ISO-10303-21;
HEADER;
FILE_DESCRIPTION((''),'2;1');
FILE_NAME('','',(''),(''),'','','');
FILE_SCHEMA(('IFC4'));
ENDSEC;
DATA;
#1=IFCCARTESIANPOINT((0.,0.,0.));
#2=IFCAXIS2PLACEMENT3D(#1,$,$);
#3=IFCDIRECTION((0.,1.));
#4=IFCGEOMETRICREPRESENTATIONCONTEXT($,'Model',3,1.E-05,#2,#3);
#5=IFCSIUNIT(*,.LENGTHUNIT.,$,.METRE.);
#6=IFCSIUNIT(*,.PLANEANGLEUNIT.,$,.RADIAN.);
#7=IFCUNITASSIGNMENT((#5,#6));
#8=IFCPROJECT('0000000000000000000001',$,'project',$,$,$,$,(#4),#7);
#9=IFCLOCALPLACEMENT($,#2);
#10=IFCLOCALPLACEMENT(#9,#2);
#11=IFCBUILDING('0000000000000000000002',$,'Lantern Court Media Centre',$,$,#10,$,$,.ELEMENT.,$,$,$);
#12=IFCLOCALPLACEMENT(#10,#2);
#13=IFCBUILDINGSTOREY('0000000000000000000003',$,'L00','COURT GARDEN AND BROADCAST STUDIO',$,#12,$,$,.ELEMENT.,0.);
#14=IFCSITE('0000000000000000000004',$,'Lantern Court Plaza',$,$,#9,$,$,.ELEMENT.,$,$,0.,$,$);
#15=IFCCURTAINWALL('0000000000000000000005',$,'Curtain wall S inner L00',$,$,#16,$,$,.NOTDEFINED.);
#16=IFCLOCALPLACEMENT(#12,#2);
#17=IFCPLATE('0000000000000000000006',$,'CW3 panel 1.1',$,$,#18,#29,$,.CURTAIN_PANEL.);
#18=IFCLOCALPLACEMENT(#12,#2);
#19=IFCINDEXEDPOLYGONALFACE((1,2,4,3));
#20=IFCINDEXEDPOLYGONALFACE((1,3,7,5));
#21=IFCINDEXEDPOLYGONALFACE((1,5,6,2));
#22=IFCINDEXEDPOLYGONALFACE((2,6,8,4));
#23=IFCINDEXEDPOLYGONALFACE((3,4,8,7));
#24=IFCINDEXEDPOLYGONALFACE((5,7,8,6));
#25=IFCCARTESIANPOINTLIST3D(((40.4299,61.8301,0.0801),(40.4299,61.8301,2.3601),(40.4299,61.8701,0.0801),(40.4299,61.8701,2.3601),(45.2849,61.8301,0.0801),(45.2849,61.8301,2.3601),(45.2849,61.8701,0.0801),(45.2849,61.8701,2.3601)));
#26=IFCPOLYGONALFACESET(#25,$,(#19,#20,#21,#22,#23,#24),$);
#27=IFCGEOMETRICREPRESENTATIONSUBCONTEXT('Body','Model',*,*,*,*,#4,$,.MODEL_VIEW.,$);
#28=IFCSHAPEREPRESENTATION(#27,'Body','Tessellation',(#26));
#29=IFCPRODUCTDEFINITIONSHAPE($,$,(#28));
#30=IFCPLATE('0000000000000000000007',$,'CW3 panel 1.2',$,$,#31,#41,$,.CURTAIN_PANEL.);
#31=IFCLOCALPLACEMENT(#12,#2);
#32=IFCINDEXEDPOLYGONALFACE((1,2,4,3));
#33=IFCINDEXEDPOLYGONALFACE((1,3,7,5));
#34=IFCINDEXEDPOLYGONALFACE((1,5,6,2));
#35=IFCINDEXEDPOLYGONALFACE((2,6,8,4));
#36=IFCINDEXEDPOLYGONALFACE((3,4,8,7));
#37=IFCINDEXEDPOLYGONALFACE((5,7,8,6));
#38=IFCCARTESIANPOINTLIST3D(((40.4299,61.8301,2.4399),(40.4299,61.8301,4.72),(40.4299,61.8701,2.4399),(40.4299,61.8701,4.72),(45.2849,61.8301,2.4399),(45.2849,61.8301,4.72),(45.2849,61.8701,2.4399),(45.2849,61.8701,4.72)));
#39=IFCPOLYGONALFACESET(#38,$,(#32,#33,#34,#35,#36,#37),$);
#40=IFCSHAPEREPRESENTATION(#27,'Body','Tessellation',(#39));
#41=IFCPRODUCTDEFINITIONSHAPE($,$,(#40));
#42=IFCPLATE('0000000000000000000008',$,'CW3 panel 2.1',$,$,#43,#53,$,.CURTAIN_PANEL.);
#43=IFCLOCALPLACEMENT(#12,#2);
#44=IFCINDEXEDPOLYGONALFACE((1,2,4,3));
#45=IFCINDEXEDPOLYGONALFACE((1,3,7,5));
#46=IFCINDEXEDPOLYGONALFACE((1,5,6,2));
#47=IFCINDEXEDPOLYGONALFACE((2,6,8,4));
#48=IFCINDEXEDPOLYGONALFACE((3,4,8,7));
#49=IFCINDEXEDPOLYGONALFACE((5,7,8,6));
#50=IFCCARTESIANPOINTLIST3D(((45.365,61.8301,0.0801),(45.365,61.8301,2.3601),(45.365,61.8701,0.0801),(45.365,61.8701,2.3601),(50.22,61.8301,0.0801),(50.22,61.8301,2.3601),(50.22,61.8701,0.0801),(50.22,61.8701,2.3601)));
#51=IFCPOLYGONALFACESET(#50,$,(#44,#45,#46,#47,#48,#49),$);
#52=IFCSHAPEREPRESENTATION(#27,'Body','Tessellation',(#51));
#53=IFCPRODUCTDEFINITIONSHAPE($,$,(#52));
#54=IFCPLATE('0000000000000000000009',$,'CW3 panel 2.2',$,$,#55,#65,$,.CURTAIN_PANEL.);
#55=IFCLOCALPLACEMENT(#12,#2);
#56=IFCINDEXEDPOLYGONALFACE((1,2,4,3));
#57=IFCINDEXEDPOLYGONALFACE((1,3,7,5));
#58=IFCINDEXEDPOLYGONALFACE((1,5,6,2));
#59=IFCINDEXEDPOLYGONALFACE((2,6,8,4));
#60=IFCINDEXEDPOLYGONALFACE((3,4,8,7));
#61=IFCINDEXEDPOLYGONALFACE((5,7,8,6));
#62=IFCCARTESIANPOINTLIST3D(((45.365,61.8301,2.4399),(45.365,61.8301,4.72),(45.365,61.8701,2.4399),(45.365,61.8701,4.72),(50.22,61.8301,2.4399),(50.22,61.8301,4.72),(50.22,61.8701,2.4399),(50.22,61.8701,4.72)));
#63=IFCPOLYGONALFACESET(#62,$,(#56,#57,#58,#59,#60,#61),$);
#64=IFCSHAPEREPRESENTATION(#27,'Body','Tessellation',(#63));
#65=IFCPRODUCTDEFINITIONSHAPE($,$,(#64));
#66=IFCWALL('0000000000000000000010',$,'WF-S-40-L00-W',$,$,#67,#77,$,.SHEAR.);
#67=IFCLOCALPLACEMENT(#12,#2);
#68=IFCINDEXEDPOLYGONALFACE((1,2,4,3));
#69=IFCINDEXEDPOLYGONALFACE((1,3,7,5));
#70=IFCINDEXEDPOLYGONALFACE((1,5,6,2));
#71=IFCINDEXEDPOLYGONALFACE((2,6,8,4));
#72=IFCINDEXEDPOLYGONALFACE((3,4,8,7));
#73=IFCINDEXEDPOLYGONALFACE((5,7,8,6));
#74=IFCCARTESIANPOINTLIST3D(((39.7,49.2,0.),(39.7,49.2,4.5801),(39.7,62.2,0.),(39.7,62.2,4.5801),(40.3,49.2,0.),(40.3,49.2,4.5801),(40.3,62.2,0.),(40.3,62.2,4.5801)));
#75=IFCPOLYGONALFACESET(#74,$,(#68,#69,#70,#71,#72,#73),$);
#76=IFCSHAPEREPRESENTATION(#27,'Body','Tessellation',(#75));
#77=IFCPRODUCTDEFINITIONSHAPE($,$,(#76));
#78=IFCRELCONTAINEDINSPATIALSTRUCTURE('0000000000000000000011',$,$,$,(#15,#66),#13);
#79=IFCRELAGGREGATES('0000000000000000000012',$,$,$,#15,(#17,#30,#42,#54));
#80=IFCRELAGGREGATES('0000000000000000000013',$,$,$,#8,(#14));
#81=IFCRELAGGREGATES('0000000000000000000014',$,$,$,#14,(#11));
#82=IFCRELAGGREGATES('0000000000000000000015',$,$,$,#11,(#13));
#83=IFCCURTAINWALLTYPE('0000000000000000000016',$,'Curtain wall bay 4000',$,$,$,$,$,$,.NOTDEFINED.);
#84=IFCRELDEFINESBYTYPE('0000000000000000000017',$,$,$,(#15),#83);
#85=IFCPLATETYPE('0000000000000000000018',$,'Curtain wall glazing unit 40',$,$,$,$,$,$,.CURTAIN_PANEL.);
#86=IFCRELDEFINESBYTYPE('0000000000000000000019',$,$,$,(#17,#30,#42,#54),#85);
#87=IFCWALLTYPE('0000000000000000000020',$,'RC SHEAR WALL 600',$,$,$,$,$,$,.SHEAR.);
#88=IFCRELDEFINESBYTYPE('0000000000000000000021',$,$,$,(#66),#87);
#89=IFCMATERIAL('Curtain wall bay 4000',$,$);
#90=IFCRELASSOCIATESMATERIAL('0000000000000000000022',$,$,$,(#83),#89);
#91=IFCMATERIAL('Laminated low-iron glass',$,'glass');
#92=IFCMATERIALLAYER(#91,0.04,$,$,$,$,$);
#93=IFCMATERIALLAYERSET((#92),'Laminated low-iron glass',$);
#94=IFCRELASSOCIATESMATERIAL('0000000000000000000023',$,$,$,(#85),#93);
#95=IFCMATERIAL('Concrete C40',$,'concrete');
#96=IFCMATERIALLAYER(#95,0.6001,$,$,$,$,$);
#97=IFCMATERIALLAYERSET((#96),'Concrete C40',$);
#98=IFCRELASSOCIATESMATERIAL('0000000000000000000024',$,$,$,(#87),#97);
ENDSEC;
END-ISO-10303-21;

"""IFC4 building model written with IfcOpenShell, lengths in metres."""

from ifc_helpers import new_model, si_unit, direction, frame, frame_2d, origin, origin_2d, place, context, subcontext, project, spatial, rectangle, extrude, material, layer, layer_set, type_object, element, aggregate, save


model = new_model("IFC4")

# Units and contexts
model_context = context("Model", 3, precision=1e-05, world=origin(), true_north=direction((0.0, 1.0)))
body_context = subcontext(model_context, "Body", "Model", "MODEL_VIEW")
ifc_project = project(units=[si_unit("LENGTHUNIT", "METRE"), si_unit("PLANEANGLEUNIT", "RADIAN")], contexts=[model_context])

# Site, building, storey
site_placement = place(None, origin())
site = spatial("IfcSite", under=ifc_project, at=site_placement, Name="Lantern Court Plaza", CompositionType="ELEMENT", RefElevation=0.0)
building_placement = place(site_placement, origin())
building = spatial("IfcBuilding", under=site, at=building_placement, Name="Lantern Court Media Centre", CompositionType="ELEMENT")
storey_placement = place(building_placement, origin())
storey = spatial("IfcBuildingStorey", under=building, at=storey_placement, Name="L00", Description="COURT GARDEN AND BROADCAST STUDIO", CompositionType="ELEMENT", Elevation=0.0)

# Curtain wall
ifc_material_1 = material(Name="Curtain wall bay 4000")
curtain_wall_type_1 = type_object("IfcCurtainWallType", Name="Curtain wall bay 4000", PredefinedType="NOTDEFINED", material=ifc_material_1)
curtain_wall_1_placement = place(storey_placement, origin())
curtain_wall_1 = element("IfcCurtainWall", 1, at=curtain_wall_1_placement, inside=storey, type_object=curtain_wall_type_1, Name="Curtain wall S inner L00", PredefinedType="NOTDEFINED")

# Plates
ifc_material_2 = material(Name="Laminated low-iron glass", Category="glass")
ifc_layer_1 = layer(ifc_material_2, 0.04)
ifc_layer_set_1 = layer_set([ifc_layer_1], Name="Laminated low-iron glass")
plate_type_1 = type_object("IfcPlateType", Name="Curtain wall glazing unit 40", PredefinedType="CURTAIN_PANEL", material=ifc_layer_set_1)
plate_1_placement = place(storey_placement, frame((42.8574, 61.8501, 0.0801), z_axis=(0.0, 0.0, 1.0), x_axis=(1.0, 0.0, 0.0)))
plate_1 = element("IfcPlate", 2, at=plate_1_placement, type_object=plate_type_1, Name="CW3 panel 1.1", PredefinedType="CURTAIN_PANEL", context=body_context, shape_type="SweptSolid", body=[
    extrude(rectangle(XDim=4.855, YDim=0.04, at=origin_2d()), origin(), (0.0, 0.0, 1.0), 2.28),
])
plate_2_placement = place(storey_placement, frame((42.8574, 61.8501, 2.4399), z_axis=(0.0, 0.0, 1.0), x_axis=(1.0, 0.0, 0.0)))
plate_2 = element("IfcPlate", 3, at=plate_2_placement, type_object=plate_type_1, Name="CW3 panel 1.2", PredefinedType="CURTAIN_PANEL", context=body_context, shape_type="SweptSolid", body=[
    extrude(rectangle(XDim=4.855, YDim=0.04, at=origin_2d()), origin(), (0.0, 0.0, 1.0), 2.28),
])
plate_3_placement = place(storey_placement, frame((47.7925, 61.8501, 0.0801), z_axis=(0.0, 0.0, 1.0), x_axis=(1.0, 0.0, 0.0)))
plate_3 = element("IfcPlate", 4, at=plate_3_placement, type_object=plate_type_1, Name="CW3 panel 2.1", PredefinedType="CURTAIN_PANEL", context=body_context, shape_type="SweptSolid", body=[
    extrude(rectangle(XDim=4.855, YDim=0.04, at=origin_2d()), origin(), (0.0, 0.0, 1.0), 2.28),
])
plate_4_placement = place(storey_placement, frame((47.7925, 61.8501, 2.4399), z_axis=(0.0, 0.0, 1.0), x_axis=(1.0, 0.0, 0.0)))
plate_4 = element("IfcPlate", 5, at=plate_4_placement, type_object=plate_type_1, Name="CW3 panel 2.2", PredefinedType="CURTAIN_PANEL", context=body_context, shape_type="SweptSolid", body=[
    extrude(rectangle(XDim=4.855, YDim=0.04, at=origin_2d()), origin(), (0.0, 0.0, 1.0), 2.28),
])
aggregate(curtain_wall_1, [plate_1, plate_2, plate_3, plate_4])

# Wall
ifc_material_3 = material(Name="Concrete C40", Category="concrete")
ifc_layer_2 = layer(ifc_material_3, 0.6001)
ifc_layer_set_2 = layer_set([ifc_layer_2], Name="Concrete C40")
wall_type_1 = type_object("IfcWallType", Name="RC SHEAR WALL 600", PredefinedType="SHEAR", material=ifc_layer_set_2)
wall_1_placement = place(storey_placement, frame((40.0, 49.2, 0.0), z_axis=(0.0, 0.0, 1.0), x_axis=(0.0, 1.0, 0.0)))
element("IfcWall", 6, at=wall_1_placement, inside=storey, type_object=wall_type_1, Name="WF-S-40-L00-W", PredefinedType="SHEAR", context=body_context, shape_type="SweptSolid", body=[
    extrude(rectangle(XDim=13.0, YDim=0.6001, at=frame_2d((6.5, 0.0))), origin(), (0.0, 0.0, 1.0), 4.5801),
])

save(model, "model.ifc")
